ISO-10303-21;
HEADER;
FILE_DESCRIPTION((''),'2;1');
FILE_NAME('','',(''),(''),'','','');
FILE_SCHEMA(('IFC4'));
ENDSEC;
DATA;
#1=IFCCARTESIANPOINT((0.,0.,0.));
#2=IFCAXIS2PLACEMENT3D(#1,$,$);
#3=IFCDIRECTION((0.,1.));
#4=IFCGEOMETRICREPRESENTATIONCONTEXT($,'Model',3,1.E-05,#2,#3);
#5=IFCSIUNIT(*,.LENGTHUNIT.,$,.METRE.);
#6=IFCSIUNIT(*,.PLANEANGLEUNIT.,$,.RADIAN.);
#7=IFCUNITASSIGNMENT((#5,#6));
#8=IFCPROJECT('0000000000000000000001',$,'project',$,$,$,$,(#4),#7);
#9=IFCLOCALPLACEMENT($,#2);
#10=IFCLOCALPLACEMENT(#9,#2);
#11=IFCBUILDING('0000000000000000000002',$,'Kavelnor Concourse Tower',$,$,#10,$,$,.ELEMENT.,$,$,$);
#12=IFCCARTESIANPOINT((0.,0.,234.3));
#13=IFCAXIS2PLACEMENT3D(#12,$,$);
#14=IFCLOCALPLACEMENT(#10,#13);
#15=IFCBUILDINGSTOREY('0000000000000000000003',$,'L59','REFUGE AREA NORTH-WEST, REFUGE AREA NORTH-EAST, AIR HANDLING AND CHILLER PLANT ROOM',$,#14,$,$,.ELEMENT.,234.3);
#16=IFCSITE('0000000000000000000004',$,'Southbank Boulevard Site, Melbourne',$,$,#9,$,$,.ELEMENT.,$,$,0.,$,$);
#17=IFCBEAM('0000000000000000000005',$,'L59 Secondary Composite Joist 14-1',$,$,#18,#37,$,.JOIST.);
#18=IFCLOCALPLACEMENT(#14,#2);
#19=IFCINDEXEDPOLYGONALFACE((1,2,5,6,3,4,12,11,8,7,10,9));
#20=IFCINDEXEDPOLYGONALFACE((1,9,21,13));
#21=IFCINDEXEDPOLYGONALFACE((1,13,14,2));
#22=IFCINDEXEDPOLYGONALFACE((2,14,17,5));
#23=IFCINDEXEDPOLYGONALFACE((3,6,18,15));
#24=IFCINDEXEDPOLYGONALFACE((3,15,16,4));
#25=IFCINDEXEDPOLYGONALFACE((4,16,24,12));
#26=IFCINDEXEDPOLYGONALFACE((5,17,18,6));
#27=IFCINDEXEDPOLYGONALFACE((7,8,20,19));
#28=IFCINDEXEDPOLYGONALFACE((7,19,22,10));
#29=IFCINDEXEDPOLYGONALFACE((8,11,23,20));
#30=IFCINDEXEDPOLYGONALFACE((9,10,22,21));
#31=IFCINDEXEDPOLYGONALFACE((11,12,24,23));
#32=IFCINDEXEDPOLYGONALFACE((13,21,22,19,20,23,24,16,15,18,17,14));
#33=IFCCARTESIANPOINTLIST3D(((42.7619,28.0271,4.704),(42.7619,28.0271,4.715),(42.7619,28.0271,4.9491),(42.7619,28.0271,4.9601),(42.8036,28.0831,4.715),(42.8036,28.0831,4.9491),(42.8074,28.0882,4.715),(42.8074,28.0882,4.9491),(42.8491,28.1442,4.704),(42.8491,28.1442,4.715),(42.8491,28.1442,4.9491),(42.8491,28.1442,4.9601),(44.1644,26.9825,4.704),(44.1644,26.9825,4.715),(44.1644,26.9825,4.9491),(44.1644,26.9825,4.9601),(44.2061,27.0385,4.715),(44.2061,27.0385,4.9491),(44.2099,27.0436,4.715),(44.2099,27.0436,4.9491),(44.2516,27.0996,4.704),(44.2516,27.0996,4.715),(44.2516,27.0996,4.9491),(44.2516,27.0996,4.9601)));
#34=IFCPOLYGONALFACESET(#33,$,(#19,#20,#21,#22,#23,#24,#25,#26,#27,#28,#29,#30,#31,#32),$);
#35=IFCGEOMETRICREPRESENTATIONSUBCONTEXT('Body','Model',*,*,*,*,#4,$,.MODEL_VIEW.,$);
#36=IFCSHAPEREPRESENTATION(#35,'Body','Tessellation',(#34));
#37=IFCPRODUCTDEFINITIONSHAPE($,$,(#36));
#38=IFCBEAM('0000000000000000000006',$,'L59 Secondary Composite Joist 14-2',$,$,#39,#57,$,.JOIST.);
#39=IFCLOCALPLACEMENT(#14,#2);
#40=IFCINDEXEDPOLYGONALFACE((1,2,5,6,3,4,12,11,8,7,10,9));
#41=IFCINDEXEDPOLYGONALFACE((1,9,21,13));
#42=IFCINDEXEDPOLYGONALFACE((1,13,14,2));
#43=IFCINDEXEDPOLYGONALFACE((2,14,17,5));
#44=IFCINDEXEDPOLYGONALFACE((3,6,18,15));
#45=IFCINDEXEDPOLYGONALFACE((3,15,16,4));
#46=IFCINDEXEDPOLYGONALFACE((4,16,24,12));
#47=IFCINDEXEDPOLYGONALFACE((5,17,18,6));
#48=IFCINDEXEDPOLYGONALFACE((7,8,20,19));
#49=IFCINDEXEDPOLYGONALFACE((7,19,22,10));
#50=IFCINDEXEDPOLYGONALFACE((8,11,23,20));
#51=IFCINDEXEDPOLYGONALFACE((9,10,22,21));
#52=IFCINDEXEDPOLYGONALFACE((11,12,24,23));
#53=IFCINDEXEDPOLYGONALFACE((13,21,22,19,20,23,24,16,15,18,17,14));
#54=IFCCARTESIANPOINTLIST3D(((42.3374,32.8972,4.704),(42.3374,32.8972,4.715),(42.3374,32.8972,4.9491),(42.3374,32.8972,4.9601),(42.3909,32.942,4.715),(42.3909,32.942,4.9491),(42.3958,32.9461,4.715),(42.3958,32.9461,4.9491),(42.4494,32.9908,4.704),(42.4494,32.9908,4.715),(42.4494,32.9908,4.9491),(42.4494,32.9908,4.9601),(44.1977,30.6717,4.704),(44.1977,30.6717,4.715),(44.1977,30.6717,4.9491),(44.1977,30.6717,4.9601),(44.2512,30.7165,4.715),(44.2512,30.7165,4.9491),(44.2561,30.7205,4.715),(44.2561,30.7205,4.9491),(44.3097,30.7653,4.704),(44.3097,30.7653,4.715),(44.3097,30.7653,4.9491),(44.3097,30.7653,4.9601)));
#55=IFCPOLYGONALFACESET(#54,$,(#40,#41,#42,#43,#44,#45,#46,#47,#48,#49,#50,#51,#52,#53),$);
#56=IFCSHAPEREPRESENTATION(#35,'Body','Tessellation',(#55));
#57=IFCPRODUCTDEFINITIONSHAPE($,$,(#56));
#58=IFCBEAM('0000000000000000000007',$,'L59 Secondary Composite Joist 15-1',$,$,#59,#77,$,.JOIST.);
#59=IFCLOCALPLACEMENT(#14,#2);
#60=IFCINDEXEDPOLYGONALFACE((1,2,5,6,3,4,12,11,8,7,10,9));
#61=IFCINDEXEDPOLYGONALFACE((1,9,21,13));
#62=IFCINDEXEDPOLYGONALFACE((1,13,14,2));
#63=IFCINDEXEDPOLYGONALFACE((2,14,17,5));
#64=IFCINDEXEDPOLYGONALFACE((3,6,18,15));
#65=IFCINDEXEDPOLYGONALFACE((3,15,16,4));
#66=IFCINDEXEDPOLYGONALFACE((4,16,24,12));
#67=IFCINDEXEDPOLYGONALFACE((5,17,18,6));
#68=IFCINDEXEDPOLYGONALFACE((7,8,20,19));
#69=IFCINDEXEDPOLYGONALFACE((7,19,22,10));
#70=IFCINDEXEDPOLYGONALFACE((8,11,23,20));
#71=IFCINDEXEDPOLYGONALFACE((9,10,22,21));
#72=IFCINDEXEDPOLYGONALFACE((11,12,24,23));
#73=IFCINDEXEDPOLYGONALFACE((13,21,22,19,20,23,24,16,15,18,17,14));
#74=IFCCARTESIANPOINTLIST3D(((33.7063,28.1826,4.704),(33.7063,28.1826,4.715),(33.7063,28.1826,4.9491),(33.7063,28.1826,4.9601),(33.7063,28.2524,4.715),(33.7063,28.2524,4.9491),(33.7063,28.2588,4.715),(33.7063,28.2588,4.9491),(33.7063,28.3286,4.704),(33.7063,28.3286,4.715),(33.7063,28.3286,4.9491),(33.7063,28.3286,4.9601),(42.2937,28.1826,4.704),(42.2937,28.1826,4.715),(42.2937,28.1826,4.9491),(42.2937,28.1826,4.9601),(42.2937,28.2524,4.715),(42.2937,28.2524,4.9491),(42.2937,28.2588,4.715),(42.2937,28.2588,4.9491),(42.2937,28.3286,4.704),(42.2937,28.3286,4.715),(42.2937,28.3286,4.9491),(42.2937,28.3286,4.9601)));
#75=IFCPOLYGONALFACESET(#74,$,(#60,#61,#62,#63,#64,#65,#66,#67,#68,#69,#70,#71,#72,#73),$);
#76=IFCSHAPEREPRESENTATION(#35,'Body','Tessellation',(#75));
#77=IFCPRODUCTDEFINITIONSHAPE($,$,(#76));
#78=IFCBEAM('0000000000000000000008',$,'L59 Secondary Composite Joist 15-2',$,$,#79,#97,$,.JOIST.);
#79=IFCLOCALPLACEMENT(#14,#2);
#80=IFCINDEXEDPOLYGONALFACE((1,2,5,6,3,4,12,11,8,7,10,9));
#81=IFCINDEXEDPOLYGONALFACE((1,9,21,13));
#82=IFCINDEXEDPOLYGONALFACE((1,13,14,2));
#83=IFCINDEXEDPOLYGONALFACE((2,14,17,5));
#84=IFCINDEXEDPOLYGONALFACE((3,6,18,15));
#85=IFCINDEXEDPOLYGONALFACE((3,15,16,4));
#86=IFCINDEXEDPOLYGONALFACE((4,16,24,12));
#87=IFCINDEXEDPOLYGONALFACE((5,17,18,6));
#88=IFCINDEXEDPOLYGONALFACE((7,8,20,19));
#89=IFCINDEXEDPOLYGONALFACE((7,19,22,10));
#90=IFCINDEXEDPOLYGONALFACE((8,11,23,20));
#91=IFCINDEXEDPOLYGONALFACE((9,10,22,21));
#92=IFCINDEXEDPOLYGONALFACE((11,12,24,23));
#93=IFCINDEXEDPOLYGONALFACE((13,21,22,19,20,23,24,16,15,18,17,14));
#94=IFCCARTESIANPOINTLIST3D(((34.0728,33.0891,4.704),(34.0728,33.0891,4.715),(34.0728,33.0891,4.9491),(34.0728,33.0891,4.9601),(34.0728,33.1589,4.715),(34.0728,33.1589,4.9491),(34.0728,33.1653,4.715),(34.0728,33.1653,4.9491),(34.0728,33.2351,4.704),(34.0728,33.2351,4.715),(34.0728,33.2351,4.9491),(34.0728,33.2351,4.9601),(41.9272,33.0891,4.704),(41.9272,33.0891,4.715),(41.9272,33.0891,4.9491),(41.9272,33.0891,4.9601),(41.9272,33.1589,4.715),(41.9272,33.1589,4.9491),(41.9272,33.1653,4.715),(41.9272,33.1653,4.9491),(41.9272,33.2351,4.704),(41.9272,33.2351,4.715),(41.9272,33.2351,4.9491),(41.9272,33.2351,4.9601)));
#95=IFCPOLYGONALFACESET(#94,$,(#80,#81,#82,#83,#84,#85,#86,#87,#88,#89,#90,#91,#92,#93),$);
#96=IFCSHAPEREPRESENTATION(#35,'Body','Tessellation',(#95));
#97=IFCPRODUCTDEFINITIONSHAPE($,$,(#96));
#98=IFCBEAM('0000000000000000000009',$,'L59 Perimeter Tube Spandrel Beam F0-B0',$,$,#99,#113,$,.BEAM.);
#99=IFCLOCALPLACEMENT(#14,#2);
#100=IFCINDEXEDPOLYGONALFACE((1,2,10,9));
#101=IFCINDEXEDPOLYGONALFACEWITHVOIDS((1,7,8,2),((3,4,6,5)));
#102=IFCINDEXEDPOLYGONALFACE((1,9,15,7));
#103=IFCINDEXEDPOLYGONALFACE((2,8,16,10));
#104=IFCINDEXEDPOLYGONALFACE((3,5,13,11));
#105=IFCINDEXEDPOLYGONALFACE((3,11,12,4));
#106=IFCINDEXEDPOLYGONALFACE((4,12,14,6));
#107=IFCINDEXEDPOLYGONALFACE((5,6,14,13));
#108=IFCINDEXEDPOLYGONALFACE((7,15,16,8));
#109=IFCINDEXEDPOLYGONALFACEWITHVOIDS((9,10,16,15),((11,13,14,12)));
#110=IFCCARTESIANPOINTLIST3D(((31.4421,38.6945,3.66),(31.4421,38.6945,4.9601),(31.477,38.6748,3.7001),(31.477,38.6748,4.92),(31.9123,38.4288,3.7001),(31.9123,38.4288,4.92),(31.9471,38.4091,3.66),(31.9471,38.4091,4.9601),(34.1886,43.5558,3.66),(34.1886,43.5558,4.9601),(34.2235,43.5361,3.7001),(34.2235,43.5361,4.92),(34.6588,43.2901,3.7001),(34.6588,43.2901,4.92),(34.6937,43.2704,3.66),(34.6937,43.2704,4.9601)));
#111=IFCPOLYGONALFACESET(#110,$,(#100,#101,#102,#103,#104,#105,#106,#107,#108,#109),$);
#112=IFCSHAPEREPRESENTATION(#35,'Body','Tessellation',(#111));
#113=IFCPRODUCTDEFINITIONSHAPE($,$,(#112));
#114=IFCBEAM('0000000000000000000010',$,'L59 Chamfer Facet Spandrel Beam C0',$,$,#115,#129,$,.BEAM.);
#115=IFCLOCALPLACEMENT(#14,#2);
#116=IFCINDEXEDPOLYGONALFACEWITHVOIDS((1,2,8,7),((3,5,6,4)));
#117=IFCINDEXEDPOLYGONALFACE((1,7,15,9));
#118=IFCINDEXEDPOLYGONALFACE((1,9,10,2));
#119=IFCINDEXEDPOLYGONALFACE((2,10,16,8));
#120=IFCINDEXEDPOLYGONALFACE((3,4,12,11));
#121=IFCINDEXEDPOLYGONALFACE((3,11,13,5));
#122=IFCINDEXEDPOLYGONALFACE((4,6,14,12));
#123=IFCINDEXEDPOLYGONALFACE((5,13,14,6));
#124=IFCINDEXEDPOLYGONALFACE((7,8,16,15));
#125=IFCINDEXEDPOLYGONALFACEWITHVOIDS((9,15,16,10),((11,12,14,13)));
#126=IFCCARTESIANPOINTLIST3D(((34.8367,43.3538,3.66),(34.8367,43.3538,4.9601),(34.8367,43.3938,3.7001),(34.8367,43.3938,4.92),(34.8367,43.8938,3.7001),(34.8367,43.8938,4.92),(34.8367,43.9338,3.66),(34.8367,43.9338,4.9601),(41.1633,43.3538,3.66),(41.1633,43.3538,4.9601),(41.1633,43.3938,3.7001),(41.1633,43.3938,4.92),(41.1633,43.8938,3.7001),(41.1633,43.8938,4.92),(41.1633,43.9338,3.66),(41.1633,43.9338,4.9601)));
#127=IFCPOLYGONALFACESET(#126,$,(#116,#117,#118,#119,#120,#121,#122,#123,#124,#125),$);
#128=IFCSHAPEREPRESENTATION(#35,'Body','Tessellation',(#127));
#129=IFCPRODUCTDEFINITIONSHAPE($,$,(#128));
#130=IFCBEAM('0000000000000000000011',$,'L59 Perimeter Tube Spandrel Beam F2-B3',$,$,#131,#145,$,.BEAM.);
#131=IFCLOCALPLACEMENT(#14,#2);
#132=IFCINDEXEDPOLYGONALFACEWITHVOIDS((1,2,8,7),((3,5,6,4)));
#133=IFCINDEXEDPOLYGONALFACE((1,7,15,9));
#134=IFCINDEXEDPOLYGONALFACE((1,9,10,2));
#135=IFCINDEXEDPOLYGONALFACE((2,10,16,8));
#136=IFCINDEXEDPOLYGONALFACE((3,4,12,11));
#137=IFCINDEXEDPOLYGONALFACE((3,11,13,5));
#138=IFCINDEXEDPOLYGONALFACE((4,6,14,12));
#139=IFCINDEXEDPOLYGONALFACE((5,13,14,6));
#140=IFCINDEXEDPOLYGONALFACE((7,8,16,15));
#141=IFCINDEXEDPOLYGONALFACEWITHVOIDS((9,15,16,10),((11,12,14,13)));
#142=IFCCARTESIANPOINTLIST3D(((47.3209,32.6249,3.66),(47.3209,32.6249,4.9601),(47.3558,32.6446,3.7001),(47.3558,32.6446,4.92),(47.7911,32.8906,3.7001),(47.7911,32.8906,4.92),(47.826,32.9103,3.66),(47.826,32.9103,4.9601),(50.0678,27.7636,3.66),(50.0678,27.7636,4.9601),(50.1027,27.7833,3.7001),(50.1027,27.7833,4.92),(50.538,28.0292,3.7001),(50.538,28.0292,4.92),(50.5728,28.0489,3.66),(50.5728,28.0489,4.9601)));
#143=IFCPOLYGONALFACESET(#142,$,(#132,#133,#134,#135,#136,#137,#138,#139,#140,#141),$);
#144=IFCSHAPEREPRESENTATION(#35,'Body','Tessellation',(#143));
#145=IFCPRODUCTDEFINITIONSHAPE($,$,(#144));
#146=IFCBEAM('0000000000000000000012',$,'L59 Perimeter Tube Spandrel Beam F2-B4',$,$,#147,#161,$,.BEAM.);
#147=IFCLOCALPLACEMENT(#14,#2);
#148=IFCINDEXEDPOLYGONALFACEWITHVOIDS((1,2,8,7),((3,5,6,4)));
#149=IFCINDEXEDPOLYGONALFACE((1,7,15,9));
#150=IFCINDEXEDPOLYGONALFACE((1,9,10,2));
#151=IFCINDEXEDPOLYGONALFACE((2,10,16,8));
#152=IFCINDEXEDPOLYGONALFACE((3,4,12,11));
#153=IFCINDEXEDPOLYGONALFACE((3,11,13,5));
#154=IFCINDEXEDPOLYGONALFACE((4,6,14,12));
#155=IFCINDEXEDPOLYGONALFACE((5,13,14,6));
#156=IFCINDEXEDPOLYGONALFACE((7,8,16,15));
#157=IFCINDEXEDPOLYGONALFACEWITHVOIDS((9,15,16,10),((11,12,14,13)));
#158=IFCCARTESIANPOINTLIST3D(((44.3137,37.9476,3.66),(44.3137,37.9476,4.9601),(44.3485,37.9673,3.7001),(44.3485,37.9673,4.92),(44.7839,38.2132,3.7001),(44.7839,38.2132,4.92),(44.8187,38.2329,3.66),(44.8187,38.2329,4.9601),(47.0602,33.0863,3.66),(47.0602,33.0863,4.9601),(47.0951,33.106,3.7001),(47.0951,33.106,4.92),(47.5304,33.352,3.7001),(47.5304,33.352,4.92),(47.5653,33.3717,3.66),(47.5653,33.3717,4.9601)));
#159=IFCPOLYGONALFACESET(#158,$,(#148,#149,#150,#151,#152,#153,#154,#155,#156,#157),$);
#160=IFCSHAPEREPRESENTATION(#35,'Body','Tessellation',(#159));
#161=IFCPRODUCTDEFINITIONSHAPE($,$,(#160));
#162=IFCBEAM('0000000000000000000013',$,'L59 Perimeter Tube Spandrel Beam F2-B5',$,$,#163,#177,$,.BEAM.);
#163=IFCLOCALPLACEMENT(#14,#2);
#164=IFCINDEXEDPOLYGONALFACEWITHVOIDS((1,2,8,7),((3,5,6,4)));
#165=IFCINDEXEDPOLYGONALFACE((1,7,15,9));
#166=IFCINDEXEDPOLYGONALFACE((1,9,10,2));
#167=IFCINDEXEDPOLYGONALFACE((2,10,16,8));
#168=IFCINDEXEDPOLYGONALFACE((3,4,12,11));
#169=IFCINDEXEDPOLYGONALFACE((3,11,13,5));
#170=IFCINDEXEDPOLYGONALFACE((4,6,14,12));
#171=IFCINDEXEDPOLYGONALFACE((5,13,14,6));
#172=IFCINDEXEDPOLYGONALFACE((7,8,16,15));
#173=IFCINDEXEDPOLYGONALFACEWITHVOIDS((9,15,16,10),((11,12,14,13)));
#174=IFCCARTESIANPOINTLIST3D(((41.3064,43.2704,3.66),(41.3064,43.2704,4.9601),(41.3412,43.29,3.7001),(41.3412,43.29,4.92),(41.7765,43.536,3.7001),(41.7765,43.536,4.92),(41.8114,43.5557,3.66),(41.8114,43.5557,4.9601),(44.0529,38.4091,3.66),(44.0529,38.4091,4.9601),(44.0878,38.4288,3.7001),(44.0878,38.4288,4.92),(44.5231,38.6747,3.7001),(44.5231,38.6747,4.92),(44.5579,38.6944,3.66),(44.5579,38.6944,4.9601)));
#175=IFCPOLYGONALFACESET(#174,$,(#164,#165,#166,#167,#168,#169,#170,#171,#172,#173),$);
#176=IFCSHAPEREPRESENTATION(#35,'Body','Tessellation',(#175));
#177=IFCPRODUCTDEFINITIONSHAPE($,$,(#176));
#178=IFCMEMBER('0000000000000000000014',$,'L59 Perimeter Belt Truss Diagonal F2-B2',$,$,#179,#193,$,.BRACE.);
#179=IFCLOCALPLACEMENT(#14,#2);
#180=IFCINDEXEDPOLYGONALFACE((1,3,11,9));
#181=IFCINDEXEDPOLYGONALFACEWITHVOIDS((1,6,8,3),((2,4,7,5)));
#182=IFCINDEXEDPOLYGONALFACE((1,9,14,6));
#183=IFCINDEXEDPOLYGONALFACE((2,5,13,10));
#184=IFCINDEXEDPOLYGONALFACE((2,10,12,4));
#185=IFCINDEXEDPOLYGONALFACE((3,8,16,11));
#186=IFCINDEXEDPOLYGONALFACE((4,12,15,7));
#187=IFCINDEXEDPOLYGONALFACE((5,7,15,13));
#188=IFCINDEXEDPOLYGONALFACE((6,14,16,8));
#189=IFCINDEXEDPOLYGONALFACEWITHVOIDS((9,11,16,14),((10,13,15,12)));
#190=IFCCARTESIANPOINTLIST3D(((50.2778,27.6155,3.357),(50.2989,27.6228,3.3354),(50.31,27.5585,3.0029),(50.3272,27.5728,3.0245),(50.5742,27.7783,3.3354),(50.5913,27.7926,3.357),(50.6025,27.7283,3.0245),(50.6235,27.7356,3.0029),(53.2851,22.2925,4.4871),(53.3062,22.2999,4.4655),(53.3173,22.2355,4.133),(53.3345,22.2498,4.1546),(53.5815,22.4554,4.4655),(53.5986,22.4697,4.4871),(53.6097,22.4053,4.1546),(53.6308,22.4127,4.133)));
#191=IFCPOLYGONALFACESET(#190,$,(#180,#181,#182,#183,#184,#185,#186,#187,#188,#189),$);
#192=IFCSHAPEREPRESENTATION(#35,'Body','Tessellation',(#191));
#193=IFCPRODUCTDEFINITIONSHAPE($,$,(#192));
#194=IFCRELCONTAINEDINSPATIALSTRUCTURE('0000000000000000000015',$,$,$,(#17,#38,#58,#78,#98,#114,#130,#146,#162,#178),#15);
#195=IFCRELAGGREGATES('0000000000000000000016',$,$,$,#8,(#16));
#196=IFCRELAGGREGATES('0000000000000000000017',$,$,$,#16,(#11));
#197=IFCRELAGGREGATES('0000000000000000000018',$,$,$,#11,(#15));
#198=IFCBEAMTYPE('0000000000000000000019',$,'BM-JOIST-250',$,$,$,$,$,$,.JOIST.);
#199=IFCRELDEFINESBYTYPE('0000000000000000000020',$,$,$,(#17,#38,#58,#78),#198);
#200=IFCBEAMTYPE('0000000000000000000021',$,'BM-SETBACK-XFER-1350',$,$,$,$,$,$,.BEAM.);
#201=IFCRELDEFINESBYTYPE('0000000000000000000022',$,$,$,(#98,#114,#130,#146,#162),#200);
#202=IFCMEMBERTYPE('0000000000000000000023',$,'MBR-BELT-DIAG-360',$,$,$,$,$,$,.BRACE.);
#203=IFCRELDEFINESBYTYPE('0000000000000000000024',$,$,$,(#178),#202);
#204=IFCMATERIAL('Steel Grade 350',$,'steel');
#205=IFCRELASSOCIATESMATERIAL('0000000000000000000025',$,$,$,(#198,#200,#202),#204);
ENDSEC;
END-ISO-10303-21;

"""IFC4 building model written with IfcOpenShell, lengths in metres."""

from ifc_helpers import new_model, si_unit, direction, frame, origin, origin_2d, place, context, subcontext, project, spatial, hollow_rectangle, i_section, extrude, material, material_profile, profile_set, type_object, element, save


model = new_model("IFC4")

# Units and contexts
model_context = context("Model", 3, precision=1e-05, world=origin(), true_north=direction((0.0, 1.0)))
body_context = subcontext(model_context, "Body", "Model", "MODEL_VIEW")
ifc_project = project(units=[si_unit("LENGTHUNIT", "METRE"), si_unit("PLANEANGLEUNIT", "RADIAN")], contexts=[model_context])

# Site, building, storey
site_placement = place(None, origin())
site = spatial("IfcSite", under=ifc_project, at=site_placement, Name="Southbank Boulevard Site, Melbourne", CompositionType="ELEMENT", RefElevation=0.0)
building_placement = place(site_placement, origin())
building = spatial("IfcBuilding", under=site, at=building_placement, Name="Kavelnor Concourse Tower", CompositionType="ELEMENT")
storey_placement = place(building_placement, frame((0.0, 0.0, 234.3)))
storey = spatial("IfcBuildingStorey", under=building, at=storey_placement, Name="L59", Description="REFUGE AREA NORTH-WEST, REFUGE AREA NORTH-EAST, AIR HANDLING AND CHILLER PLANT ROOM", CompositionType="ELEMENT", Elevation=234.3)

# Shared definitions
ifc_material_1 = material(Name="Steel Grade 350", Category="steel")

# Beams
ifc_material_profile_1 = material_profile(ifc_material_1, i_section(OverallWidth=0.146, OverallDepth=0.2561, WebThickness=0.0063, FlangeThickness=0.011, at=origin_2d()), Name="250UB37")
ifc_profile_set_1 = profile_set([ifc_material_profile_1], Name="Steel Grade 350")
beam_type_1 = type_object("IfcBeamType", Name="BM-JOIST-250", PredefinedType="JOIST", material=ifc_profile_set_1)
beam_1_placement = place(storey_placement, frame((44.208, 27.041, 4.832), z_axis=(-0.801989, 0.597339, 0.0), x_axis=(-0.597339, -0.801989, 0.0)))
element("IfcBeam", 1, at=beam_1_placement, inside=storey, type_object=beam_type_1, Name="L59 Secondary Composite Joist 14-1", PredefinedType="JOIST", context=body_context, shape_type="SweptSolid", body=[
    extrude(i_section(OverallWidth=0.146, OverallDepth=0.2561, WebThickness=0.0063, FlangeThickness=0.011, at=origin_2d()), origin(), (0.0, 0.0, 1.0), 1.7488),
])
beam_2_placement = place(storey_placement, frame((44.2537, 30.7185, 4.832), z_axis=(-0.641343, 0.767255, 0.0), x_axis=(-0.767255, -0.641343, 0.0)))
element("IfcBeam", 2, at=beam_2_placement, inside=storey, type_object=beam_type_1, Name="L59 Secondary Composite Joist 14-2", PredefinedType="JOIST", context=body_context, shape_type="SweptSolid", body=[
    extrude(i_section(OverallWidth=0.146, OverallDepth=0.2561, WebThickness=0.0063, FlangeThickness=0.011, at=origin_2d()), origin(), (0.0, 0.0, 1.0), 2.9006),
])
beam_3_placement = place(storey_placement, frame((42.2937, 28.2556, 4.832), z_axis=(-1.0, 0.0, 0.0), x_axis=(0.0, -1.0, 0.0)))
element("IfcBeam", 3, at=beam_3_placement, inside=storey, type_object=beam_type_1, Name="L59 Secondary Composite Joist 15-1", PredefinedType="JOIST", context=body_context, shape_type="SweptSolid", body=[
    extrude(i_section(OverallWidth=0.146, OverallDepth=0.2561, WebThickness=0.0063, FlangeThickness=0.011, at=origin_2d()), origin(), (0.0, 0.0, 1.0), 8.5874),
])
beam_4_placement = place(storey_placement, frame((41.9272, 33.1621, 4.832), z_axis=(-1.0, 0.0, 0.0), x_axis=(0.0, -1.0, 0.0)))
element("IfcBeam", 4, at=beam_4_placement, inside=storey, type_object=beam_type_1, Name="L59 Secondary Composite Joist 15-2", PredefinedType="JOIST", context=body_context, shape_type="SweptSolid", body=[
    extrude(i_section(OverallWidth=0.146, OverallDepth=0.2561, WebThickness=0.0063, FlangeThickness=0.011, at=origin_2d()), origin(), (0.0, 0.0, 1.0), 7.8545),
])
ifc_material_profile_2 = material_profile(ifc_material_1, hollow_rectangle(XDim=0.5801, YDim=1.3, WallThickness=0.04, at=origin_2d()), Name="RHS 1300x580x40")
ifc_profile_set_2 = profile_set([ifc_material_profile_2], Name="Steel Grade 350")
beam_type_2 = type_object("IfcBeamType", Name="BM-SETBACK-XFER-1350", PredefinedType="BEAM", material=ifc_profile_set_2)
beam_5_placement = place(storey_placement, frame((34.4412, 43.4131, 4.3101), z_axis=(-0.491905, -0.870649, 0.0), x_axis=(0.870649, -0.491905, 0.0)))
element("IfcBeam", 5, at=beam_5_placement, inside=storey, type_object=beam_type_2, Name="L59 Perimeter Tube Spandrel Beam F0-B0", PredefinedType="BEAM", context=body_context, shape_type="SweptSolid", body=[
    extrude(hollow_rectangle(XDim=0.5801, YDim=1.3, WallThickness=0.04, at=origin_2d()), origin(), (0.0, 0.0, 1.0), 5.5835),
])
beam_6_placement = place(storey_placement, frame((41.1633, 43.6438, 4.3101), z_axis=(-1.0, 0.0, 0.0), x_axis=(0.0, -1.0, 0.0)))
element("IfcBeam", 6, at=beam_6_placement, inside=storey, type_object=beam_type_2, Name="L59 Chamfer Facet Spandrel Beam C0", PredefinedType="BEAM", context=body_context, shape_type="SweptSolid", body=[
    extrude(hollow_rectangle(XDim=0.5801, YDim=1.3, WallThickness=0.04, at=origin_2d()), origin(), (0.0, 0.0, 1.0), 6.3267),
])
beam_7_placement = place(storey_placement, frame((50.3203, 27.9062, 4.3101), z_axis=(-0.491938, 0.87063, 0.0), x_axis=(-0.87063, -0.491938, 0.0)))
element("IfcBeam", 7, at=beam_7_placement, inside=storey, type_object=beam_type_2, Name="L59 Perimeter Tube Spandrel Beam F2-B3", PredefinedType="BEAM", context=body_context, shape_type="SweptSolid", body=[
    extrude(hollow_rectangle(XDim=0.5801, YDim=1.3, WallThickness=0.04, at=origin_2d()), origin(), (0.0, 0.0, 1.0), 5.5837),
])
for number, where, z_axis, x_axis, name in (
    (8, (47.3127, 33.229, 4.3101), (-0.491905, 0.870649, 0.0), (-0.870649, -0.491905, 0.0), "L59 Perimeter Tube Spandrel Beam F2-B4"),
    (9, (44.3054, 38.5518, 4.3101), (-0.491905, 0.870649, 0.0), (-0.870649, -0.491905, 0.0), "L59 Perimeter Tube Spandrel Beam F2-B5"),
):
    element("IfcBeam", number, at=place(storey_placement, frame(where, z_axis=z_axis, x_axis=x_axis)), inside=storey, type_object=beam_type_2, Name=name, PredefinedType="BEAM", context=body_context, shape_type="SweptSolid", body=[
        extrude(hollow_rectangle(XDim=0.5801, YDim=1.3, WallThickness=0.04, at=origin_2d()), origin(), (0.0, 0.0, 1.0), 5.5835),
    ])

# Member
ifc_material_profile_3 = material_profile(ifc_material_1, hollow_rectangle(XDim=0.3601, YDim=0.3601, WallThickness=0.022, at=origin_2d()), Name="SHS 360x360x22")
ifc_profile_set_3 = profile_set([ifc_material_profile_3], Name="Steel Grade 350")
member_type_1 = type_object("IfcMemberType", Name="MBR-BELT-DIAG-360", PredefinedType="BRACE", material=ifc_profile_set_3)
for number, where, z_axis, x_axis, name in (
    (10, (50.4507, 27.6755, 3.1799), (0.483698, -0.856152, 0.18177), (0.870656, 0.491893, 0.0), "L59 Perimeter Belt Truss Diagonal F2-B2"),
):
    element("IfcMember", number, at=place(storey_placement, frame(where, z_axis=z_axis, x_axis=x_axis)), inside=storey, type_object=member_type_1, Name=name, PredefinedType="BRACE", context=body_context, shape_type="SweptSolid", body=[
        extrude(hollow_rectangle(XDim=0.3601, YDim=0.3601, WallThickness=0.022, at=origin_2d()), origin(), (0.0, 0.0, 1.0), 6.2173),
    ])

save(model, "model.ifc")
